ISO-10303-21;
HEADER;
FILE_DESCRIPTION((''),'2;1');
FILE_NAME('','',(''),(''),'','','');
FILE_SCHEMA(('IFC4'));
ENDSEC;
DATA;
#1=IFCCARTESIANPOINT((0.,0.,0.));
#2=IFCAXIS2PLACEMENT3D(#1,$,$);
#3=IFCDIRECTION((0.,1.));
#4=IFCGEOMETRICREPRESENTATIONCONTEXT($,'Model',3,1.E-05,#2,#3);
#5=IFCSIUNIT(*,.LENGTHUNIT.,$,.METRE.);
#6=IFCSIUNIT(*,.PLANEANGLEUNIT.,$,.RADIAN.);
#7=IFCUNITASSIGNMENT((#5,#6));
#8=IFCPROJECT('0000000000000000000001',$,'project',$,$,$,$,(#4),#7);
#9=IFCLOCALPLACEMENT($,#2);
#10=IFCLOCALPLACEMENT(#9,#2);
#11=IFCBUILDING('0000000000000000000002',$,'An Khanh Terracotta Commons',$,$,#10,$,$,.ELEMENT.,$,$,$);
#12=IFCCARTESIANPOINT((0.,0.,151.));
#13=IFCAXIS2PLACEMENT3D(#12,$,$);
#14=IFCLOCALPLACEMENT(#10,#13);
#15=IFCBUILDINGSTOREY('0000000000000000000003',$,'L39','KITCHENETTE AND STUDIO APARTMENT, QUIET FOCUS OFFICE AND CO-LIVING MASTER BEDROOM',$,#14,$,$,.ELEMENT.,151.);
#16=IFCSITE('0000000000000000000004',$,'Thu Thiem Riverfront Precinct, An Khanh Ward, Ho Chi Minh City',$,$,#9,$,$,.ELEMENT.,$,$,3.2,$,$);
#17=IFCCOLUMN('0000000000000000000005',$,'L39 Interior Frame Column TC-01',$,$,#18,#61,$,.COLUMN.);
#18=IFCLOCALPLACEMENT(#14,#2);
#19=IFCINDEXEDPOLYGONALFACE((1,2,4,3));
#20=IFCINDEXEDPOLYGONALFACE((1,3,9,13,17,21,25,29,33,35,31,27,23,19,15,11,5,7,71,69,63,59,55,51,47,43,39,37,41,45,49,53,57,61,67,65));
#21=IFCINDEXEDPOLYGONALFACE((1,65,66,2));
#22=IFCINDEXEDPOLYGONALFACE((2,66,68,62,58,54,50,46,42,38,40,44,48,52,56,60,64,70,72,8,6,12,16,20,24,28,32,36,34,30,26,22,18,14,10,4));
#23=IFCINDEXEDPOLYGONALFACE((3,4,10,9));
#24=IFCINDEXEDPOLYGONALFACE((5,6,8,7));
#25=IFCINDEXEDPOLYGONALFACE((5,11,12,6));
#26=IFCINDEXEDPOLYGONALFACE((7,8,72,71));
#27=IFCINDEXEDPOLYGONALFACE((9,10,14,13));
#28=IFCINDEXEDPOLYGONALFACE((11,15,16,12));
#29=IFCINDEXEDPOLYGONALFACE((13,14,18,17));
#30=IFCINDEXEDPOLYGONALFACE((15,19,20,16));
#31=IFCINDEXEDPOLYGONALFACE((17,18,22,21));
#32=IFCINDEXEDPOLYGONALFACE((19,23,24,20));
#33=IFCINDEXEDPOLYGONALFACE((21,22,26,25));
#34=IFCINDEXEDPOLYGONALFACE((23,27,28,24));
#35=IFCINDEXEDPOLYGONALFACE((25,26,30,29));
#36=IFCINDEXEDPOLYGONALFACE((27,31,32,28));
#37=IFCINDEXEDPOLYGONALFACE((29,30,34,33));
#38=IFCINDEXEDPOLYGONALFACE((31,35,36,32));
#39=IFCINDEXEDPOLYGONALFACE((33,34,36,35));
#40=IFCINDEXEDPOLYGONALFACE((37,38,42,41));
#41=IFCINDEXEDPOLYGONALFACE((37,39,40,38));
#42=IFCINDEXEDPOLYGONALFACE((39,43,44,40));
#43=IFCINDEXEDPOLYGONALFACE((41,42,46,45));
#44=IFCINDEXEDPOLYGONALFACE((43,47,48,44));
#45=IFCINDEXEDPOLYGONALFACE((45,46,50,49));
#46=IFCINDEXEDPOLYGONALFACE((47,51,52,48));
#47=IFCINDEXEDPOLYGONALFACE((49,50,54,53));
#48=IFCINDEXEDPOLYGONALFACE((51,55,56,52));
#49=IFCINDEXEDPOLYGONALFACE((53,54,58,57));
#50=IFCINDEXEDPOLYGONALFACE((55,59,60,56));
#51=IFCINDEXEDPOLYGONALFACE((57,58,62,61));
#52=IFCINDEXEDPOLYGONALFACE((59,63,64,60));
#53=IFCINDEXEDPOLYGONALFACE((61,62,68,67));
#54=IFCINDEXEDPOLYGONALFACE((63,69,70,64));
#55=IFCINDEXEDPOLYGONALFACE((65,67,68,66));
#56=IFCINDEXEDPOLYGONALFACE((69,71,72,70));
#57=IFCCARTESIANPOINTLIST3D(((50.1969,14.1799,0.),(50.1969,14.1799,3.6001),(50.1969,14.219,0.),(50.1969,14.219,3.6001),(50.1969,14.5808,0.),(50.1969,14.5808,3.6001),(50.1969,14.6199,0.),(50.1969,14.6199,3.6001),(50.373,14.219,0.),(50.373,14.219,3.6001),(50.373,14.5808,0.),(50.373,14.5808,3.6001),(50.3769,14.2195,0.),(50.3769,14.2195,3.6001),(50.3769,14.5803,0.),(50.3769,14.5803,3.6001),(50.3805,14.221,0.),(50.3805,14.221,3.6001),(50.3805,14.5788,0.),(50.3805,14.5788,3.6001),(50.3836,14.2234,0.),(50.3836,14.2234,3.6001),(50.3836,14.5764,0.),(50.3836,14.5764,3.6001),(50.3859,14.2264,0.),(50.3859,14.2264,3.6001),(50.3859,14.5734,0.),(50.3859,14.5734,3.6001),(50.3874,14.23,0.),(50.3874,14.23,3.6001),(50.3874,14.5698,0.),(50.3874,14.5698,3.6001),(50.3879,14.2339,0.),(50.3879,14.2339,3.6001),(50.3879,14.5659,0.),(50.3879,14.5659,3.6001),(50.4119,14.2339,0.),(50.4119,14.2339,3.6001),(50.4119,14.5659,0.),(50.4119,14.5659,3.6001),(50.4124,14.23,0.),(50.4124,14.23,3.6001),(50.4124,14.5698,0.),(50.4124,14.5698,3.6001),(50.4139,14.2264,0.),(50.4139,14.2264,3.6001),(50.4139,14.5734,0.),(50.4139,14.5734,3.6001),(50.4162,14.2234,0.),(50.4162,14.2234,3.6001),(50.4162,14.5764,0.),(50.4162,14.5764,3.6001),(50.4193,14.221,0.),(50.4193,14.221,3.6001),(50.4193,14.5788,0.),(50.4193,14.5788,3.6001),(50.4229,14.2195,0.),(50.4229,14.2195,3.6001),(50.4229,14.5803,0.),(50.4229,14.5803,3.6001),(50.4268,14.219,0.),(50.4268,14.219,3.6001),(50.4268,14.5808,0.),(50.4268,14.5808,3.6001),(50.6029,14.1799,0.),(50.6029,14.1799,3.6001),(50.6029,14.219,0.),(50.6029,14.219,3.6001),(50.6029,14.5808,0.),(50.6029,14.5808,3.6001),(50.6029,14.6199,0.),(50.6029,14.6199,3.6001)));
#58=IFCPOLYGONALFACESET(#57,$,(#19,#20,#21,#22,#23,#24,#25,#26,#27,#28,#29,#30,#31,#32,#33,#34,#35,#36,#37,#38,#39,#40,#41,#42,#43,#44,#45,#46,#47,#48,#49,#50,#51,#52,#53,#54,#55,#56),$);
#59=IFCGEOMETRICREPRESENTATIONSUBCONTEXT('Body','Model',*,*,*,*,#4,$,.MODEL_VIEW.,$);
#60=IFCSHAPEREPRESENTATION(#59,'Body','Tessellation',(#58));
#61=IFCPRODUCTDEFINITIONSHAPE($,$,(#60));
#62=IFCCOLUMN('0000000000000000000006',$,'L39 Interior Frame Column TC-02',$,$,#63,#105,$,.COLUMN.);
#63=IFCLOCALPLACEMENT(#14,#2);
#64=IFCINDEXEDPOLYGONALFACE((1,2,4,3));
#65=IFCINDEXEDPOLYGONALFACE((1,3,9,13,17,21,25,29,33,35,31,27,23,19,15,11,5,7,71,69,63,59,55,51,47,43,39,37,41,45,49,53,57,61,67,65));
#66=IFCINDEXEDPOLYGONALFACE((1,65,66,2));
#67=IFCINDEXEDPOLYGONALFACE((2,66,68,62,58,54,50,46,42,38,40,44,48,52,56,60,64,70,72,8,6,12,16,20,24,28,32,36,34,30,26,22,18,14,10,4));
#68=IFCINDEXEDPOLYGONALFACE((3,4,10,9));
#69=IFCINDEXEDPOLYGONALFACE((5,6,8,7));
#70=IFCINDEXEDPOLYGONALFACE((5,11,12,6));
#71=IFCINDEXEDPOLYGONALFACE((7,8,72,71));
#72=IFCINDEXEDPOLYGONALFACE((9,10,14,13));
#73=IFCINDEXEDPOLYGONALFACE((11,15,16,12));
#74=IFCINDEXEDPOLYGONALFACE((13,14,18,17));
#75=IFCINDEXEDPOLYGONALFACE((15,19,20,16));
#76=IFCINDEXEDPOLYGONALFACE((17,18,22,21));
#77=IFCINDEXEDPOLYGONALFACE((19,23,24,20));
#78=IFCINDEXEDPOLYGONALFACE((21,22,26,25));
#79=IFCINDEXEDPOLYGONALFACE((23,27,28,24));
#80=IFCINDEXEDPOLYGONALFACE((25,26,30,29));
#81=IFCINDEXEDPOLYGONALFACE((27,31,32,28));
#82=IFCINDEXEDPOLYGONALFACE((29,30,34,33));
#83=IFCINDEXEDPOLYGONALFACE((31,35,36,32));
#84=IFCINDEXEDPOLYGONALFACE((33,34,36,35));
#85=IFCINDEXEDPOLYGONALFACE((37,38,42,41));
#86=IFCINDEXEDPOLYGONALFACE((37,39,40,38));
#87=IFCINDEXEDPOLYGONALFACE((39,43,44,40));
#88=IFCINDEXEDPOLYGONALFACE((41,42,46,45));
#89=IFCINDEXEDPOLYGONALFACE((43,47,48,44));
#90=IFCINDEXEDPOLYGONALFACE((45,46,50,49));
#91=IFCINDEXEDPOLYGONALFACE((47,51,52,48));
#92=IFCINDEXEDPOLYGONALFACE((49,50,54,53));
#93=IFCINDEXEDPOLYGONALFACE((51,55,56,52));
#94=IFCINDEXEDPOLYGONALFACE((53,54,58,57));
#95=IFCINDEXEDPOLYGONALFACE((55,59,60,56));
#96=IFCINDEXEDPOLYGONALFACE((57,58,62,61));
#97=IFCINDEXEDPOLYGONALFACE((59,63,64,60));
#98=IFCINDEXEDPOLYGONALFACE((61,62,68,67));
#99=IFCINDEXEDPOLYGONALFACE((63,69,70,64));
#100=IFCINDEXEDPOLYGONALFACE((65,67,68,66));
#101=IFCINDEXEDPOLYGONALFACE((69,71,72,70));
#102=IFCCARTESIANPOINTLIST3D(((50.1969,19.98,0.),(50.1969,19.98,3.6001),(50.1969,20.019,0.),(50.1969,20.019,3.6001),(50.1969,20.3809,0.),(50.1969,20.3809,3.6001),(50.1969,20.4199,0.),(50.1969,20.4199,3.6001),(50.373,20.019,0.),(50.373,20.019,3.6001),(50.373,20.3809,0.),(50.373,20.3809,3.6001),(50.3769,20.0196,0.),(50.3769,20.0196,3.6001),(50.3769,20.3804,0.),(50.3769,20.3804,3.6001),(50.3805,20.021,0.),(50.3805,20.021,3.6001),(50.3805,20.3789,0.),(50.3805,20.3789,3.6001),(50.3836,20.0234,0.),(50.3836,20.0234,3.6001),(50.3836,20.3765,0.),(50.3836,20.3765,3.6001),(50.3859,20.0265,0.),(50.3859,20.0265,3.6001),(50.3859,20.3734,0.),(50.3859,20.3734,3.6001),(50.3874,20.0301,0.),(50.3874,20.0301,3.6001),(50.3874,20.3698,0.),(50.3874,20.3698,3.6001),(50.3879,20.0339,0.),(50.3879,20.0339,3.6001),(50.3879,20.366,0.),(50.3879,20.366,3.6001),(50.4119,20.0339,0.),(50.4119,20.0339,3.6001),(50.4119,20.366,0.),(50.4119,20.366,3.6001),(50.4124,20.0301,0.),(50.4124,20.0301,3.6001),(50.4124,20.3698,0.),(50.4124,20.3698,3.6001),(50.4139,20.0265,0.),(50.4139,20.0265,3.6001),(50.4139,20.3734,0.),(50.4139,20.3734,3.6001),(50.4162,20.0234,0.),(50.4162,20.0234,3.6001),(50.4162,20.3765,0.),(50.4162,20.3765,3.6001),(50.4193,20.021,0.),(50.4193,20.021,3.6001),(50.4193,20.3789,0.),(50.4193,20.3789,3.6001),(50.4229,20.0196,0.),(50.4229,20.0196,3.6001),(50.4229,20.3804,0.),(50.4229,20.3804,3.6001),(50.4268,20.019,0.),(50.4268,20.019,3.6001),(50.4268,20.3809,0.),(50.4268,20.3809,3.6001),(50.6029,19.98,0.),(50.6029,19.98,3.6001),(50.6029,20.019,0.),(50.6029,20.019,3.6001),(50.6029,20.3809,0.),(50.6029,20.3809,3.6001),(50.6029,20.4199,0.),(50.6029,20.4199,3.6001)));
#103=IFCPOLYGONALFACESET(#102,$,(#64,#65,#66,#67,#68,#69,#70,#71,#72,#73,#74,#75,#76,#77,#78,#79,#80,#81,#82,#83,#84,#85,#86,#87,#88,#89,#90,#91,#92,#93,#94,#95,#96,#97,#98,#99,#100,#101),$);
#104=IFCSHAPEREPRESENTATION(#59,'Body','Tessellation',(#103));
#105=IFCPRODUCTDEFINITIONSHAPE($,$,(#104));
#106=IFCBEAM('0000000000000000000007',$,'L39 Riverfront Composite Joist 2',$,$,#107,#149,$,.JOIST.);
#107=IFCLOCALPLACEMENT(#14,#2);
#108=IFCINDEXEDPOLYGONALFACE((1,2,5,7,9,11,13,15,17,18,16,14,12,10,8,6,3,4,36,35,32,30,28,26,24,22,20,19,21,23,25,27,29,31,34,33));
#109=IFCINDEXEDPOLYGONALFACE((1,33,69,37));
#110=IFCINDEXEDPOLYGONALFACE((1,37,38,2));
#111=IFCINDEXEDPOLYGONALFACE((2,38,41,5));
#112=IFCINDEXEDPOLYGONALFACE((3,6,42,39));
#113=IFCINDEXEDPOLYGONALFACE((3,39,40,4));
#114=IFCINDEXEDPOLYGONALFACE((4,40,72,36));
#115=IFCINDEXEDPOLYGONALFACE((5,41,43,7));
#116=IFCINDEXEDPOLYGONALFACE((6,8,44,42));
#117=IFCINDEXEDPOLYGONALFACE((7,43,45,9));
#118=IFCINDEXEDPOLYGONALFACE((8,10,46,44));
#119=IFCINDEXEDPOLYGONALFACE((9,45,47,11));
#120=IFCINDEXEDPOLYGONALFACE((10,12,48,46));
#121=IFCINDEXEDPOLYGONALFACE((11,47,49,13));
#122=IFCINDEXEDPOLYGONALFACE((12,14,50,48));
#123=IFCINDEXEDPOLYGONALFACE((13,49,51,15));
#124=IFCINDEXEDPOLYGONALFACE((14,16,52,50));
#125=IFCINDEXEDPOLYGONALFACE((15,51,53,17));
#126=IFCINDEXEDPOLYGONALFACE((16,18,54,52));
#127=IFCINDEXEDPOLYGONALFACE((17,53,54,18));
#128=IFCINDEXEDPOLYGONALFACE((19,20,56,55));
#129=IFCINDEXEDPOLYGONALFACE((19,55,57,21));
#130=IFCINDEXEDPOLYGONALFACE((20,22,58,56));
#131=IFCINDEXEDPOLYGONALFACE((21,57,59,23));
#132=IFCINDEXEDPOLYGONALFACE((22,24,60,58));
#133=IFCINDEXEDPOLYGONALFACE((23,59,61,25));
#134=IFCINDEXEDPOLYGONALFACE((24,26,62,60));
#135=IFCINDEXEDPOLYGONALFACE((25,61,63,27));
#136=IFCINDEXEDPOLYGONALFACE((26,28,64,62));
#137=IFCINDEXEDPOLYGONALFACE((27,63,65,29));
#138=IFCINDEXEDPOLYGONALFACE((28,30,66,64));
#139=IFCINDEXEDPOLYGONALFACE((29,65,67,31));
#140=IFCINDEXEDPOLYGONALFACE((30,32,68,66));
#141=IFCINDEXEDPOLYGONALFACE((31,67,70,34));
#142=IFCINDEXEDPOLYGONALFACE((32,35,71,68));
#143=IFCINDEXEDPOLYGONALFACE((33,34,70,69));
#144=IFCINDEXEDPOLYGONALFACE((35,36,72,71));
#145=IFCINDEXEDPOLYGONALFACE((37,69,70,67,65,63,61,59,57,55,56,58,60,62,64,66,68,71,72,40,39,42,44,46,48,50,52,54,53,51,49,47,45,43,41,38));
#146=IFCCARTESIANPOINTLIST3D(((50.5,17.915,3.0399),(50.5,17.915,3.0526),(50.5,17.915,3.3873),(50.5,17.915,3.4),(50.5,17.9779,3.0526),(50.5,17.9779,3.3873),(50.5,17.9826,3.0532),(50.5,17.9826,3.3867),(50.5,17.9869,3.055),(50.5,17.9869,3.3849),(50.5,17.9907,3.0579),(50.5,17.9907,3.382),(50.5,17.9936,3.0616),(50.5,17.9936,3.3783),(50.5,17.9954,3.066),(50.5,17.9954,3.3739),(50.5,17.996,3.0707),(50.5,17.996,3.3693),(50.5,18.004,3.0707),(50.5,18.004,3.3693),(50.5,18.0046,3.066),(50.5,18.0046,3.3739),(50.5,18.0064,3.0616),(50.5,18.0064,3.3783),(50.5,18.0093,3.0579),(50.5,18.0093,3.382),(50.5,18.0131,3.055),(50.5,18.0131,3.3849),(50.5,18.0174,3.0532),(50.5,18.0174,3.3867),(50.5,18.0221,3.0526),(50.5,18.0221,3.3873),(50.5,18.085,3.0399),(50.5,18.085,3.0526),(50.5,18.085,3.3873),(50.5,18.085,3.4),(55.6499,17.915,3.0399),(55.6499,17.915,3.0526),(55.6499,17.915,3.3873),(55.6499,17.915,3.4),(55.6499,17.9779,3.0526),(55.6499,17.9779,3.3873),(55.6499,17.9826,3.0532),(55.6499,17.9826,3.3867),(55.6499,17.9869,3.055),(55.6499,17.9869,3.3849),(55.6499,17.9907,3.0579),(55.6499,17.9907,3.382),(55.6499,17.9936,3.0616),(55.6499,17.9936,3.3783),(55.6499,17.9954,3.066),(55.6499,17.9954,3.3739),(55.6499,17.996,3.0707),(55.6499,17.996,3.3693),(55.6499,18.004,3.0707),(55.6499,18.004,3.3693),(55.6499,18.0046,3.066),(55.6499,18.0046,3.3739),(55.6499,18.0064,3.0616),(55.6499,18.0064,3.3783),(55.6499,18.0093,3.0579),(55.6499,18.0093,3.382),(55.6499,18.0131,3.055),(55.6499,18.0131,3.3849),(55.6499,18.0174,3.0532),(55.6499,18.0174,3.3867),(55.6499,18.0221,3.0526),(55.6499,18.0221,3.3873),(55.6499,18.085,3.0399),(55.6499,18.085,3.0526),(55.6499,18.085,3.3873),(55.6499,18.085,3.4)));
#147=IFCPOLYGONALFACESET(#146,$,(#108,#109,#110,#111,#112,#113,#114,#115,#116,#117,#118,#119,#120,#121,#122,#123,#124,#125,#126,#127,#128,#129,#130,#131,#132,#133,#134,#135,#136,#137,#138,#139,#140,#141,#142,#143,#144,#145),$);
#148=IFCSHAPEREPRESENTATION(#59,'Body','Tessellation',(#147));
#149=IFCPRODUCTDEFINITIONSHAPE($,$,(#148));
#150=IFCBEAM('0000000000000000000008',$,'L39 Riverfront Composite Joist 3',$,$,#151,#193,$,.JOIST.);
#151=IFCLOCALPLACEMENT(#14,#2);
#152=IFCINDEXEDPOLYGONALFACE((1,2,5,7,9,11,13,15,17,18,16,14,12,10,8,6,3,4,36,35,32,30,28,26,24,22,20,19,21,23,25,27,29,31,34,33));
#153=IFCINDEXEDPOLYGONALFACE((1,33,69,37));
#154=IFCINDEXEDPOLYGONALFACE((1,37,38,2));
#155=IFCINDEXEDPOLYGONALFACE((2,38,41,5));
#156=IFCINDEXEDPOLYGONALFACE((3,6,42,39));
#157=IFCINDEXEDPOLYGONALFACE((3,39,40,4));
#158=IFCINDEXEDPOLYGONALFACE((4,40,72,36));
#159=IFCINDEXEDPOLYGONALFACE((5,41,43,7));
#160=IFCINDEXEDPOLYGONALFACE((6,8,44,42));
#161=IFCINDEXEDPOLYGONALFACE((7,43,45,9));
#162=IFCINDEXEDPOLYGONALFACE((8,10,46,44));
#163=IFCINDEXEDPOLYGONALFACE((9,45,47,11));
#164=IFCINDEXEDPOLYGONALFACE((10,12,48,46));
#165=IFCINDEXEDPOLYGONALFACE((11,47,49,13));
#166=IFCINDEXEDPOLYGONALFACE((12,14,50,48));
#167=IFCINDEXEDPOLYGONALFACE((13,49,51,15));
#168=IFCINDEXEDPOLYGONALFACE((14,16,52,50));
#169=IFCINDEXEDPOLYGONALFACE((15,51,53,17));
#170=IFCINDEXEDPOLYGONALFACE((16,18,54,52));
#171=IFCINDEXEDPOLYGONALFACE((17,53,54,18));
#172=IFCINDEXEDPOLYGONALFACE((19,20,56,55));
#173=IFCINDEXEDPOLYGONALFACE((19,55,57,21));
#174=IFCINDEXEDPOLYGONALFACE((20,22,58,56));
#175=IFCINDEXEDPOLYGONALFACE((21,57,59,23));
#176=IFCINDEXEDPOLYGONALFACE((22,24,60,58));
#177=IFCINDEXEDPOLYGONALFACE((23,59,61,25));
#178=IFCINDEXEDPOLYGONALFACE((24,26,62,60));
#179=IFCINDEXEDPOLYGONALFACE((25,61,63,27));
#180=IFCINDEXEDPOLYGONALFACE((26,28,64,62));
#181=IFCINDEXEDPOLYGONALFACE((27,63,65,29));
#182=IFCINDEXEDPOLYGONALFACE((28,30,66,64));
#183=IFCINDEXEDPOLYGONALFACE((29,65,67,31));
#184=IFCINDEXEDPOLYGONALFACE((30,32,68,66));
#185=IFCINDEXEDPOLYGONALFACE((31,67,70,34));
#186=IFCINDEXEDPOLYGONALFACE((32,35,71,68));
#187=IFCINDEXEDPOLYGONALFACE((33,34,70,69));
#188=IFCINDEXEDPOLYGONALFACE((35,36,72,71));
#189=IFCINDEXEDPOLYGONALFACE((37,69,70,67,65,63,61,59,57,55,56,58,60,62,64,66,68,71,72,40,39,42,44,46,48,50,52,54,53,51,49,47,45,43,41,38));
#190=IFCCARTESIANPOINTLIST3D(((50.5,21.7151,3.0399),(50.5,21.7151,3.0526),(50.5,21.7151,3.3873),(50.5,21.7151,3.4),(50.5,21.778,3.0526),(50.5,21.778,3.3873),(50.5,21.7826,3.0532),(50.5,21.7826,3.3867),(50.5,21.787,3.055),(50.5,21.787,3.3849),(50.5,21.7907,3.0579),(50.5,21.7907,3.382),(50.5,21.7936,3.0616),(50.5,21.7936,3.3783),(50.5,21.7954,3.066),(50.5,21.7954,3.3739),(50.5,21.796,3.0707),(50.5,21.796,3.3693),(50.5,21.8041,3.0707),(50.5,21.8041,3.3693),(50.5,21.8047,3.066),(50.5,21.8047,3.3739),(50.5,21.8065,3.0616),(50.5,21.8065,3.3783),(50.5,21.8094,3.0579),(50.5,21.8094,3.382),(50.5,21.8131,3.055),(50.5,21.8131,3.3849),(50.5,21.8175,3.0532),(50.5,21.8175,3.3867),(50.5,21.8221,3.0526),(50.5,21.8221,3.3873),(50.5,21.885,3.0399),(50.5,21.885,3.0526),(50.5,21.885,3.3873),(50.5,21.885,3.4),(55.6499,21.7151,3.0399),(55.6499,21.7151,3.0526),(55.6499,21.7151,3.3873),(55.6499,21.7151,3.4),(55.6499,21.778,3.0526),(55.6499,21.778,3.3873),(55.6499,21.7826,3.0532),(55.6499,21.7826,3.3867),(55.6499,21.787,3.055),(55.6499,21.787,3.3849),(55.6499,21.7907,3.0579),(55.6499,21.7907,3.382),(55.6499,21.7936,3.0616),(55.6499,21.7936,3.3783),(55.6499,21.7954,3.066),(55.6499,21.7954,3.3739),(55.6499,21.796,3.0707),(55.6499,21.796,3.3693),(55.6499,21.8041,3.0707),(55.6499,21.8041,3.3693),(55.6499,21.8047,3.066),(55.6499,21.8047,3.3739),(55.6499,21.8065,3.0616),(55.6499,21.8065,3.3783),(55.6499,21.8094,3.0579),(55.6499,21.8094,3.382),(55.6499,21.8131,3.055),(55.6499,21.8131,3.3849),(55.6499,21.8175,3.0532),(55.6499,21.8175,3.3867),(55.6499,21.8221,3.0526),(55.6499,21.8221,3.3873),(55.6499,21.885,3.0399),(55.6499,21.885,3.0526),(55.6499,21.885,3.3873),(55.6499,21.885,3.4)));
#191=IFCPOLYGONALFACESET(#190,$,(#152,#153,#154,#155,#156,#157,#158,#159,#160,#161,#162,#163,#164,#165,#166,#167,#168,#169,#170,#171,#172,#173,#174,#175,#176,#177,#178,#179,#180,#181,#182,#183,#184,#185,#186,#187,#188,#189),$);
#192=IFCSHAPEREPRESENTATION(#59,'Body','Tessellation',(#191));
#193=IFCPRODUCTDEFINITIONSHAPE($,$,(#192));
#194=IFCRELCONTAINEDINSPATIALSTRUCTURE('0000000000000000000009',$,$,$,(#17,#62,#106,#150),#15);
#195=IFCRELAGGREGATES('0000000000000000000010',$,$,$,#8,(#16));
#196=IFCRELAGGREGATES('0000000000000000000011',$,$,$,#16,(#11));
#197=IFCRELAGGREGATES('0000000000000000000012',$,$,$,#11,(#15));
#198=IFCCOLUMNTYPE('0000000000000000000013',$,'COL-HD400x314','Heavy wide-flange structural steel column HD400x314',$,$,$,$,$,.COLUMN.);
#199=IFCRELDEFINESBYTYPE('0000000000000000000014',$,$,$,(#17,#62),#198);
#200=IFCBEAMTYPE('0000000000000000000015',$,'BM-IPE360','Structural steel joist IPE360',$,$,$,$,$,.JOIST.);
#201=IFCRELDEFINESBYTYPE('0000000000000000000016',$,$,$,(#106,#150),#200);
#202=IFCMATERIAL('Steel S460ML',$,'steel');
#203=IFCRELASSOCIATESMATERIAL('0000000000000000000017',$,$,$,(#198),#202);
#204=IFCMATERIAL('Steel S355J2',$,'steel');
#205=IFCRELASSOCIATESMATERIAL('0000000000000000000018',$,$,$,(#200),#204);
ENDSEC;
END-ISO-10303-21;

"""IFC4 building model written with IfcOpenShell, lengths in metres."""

from ifc_helpers import new_model, si_unit, direction, frame, origin, origin_2d, place, context, subcontext, project, spatial, i_section, extrude, material, material_profile, profile_set, type_object, element, save


model = new_model("IFC4")

# Units and contexts
model_context = context("Model", 3, precision=1e-05, world=origin(), true_north=direction((0.0, 1.0)))
body_context = subcontext(model_context, "Body", "Model", "MODEL_VIEW")
ifc_project = project(units=[si_unit("LENGTHUNIT", "METRE"), si_unit("PLANEANGLEUNIT", "RADIAN")], contexts=[model_context])

# Site, building, storey
site_placement = place(None, origin())
site = spatial("IfcSite", under=ifc_project, at=site_placement, Name="Thu Thiem Riverfront Precinct, An Khanh Ward, Ho Chi Minh City", CompositionType="ELEMENT", RefElevation=3.2)
building_placement = place(site_placement, origin())
building = spatial("IfcBuilding", under=site, at=building_placement, Name="An Khanh Terracotta Commons", CompositionType="ELEMENT")
storey_placement = place(building_placement, frame((0.0, 0.0, 151.0)))
storey = spatial("IfcBuildingStorey", under=building, at=storey_placement, Name="L39", Description="KITCHENETTE AND STUDIO APARTMENT, QUIET FOCUS OFFICE AND CO-LIVING MASTER BEDROOM", CompositionType="ELEMENT", Elevation=151.0)

# Columns
ifc_material_1 = material(Name="Steel S460ML", Category="steel")
ifc_material_profile_1 = material_profile(ifc_material_1, i_section(OverallWidth=0.406, OverallDepth=0.4399, WebThickness=0.0239, FlangeThickness=0.0391, FilletRadius=0.0149, at=origin_2d()), Name="HD400x314")
ifc_profile_set_1 = profile_set([ifc_material_profile_1], Name="Steel S460ML")
column_type = type_object("IfcColumnType", Name="COL-HD400x314", Description="Heavy wide-flange structural steel column HD400x314", PredefinedType="COLUMN", material=ifc_profile_set_1)
for number, where, z_axis, x_axis, name in (
    (1, (50.3999, 14.3999, 0.0), (0.0, 0.0, 1.0), (1.0, 0.0, 0.0), "L39 Interior Frame Column TC-01"),
    (2, (50.3999, 20.2, 0.0), (0.0, 0.0, 1.0), (1.0, 0.0, 0.0), "L39 Interior Frame Column TC-02"),
):
    element("IfcColumn", number, at=place(storey_placement, frame(where, z_axis=z_axis, x_axis=x_axis)), inside=storey, type_object=column_type, Name=name, PredefinedType="COLUMN", context=body_context, shape_type="SweptSolid", body=[
        extrude(i_section(OverallWidth=0.406, OverallDepth=0.4399, WebThickness=0.0239, FlangeThickness=0.0391, FilletRadius=0.0149, at=origin_2d()), origin(), (0.0, 0.0, 1.0), 3.6001),
    ])

# Beams
ifc_material_2 = material(Name="Steel S355J2", Category="steel")
ifc_material_profile_2 = material_profile(ifc_material_2, i_section(OverallWidth=0.1699, OverallDepth=0.3601, WebThickness=0.0081, FlangeThickness=0.0127, FilletRadius=0.0181, at=origin_2d()), Name="IPE360")
ifc_profile_set_2 = profile_set([ifc_material_profile_2], Name="Steel S355J2")
beam_type_1 = type_object("IfcBeamType", Name="BM-IPE360", Description="Structural steel joist IPE360", PredefinedType="JOIST", material=ifc_profile_set_2)
for number, where, z_axis, x_axis, name in (
    (3, (50.5, 18.0, 3.22), (1.0, 0.0, 0.0), (0.0, 1.0, 0.0), "L39 Riverfront Composite Joist 2"),
    (4, (50.5, 21.8, 3.22), (1.0, 0.0, 0.0), (0.0, 1.0, 0.0), "L39 Riverfront Composite Joist 3"),
):
    element("IfcBeam", number, at=place(storey_placement, frame(where, z_axis=z_axis, x_axis=x_axis)), inside=storey, type_object=beam_type_1, Name=name, PredefinedType="JOIST", context=body_context, shape_type="SweptSolid", body=[
        extrude(i_section(OverallWidth=0.1699, OverallDepth=0.3601, WebThickness=0.0081, FlangeThickness=0.0127, FilletRadius=0.0181, at=origin_2d()), origin(), (0.0, 0.0, 1.0), 5.1499),
    ])

save(model, "model.ifc")
